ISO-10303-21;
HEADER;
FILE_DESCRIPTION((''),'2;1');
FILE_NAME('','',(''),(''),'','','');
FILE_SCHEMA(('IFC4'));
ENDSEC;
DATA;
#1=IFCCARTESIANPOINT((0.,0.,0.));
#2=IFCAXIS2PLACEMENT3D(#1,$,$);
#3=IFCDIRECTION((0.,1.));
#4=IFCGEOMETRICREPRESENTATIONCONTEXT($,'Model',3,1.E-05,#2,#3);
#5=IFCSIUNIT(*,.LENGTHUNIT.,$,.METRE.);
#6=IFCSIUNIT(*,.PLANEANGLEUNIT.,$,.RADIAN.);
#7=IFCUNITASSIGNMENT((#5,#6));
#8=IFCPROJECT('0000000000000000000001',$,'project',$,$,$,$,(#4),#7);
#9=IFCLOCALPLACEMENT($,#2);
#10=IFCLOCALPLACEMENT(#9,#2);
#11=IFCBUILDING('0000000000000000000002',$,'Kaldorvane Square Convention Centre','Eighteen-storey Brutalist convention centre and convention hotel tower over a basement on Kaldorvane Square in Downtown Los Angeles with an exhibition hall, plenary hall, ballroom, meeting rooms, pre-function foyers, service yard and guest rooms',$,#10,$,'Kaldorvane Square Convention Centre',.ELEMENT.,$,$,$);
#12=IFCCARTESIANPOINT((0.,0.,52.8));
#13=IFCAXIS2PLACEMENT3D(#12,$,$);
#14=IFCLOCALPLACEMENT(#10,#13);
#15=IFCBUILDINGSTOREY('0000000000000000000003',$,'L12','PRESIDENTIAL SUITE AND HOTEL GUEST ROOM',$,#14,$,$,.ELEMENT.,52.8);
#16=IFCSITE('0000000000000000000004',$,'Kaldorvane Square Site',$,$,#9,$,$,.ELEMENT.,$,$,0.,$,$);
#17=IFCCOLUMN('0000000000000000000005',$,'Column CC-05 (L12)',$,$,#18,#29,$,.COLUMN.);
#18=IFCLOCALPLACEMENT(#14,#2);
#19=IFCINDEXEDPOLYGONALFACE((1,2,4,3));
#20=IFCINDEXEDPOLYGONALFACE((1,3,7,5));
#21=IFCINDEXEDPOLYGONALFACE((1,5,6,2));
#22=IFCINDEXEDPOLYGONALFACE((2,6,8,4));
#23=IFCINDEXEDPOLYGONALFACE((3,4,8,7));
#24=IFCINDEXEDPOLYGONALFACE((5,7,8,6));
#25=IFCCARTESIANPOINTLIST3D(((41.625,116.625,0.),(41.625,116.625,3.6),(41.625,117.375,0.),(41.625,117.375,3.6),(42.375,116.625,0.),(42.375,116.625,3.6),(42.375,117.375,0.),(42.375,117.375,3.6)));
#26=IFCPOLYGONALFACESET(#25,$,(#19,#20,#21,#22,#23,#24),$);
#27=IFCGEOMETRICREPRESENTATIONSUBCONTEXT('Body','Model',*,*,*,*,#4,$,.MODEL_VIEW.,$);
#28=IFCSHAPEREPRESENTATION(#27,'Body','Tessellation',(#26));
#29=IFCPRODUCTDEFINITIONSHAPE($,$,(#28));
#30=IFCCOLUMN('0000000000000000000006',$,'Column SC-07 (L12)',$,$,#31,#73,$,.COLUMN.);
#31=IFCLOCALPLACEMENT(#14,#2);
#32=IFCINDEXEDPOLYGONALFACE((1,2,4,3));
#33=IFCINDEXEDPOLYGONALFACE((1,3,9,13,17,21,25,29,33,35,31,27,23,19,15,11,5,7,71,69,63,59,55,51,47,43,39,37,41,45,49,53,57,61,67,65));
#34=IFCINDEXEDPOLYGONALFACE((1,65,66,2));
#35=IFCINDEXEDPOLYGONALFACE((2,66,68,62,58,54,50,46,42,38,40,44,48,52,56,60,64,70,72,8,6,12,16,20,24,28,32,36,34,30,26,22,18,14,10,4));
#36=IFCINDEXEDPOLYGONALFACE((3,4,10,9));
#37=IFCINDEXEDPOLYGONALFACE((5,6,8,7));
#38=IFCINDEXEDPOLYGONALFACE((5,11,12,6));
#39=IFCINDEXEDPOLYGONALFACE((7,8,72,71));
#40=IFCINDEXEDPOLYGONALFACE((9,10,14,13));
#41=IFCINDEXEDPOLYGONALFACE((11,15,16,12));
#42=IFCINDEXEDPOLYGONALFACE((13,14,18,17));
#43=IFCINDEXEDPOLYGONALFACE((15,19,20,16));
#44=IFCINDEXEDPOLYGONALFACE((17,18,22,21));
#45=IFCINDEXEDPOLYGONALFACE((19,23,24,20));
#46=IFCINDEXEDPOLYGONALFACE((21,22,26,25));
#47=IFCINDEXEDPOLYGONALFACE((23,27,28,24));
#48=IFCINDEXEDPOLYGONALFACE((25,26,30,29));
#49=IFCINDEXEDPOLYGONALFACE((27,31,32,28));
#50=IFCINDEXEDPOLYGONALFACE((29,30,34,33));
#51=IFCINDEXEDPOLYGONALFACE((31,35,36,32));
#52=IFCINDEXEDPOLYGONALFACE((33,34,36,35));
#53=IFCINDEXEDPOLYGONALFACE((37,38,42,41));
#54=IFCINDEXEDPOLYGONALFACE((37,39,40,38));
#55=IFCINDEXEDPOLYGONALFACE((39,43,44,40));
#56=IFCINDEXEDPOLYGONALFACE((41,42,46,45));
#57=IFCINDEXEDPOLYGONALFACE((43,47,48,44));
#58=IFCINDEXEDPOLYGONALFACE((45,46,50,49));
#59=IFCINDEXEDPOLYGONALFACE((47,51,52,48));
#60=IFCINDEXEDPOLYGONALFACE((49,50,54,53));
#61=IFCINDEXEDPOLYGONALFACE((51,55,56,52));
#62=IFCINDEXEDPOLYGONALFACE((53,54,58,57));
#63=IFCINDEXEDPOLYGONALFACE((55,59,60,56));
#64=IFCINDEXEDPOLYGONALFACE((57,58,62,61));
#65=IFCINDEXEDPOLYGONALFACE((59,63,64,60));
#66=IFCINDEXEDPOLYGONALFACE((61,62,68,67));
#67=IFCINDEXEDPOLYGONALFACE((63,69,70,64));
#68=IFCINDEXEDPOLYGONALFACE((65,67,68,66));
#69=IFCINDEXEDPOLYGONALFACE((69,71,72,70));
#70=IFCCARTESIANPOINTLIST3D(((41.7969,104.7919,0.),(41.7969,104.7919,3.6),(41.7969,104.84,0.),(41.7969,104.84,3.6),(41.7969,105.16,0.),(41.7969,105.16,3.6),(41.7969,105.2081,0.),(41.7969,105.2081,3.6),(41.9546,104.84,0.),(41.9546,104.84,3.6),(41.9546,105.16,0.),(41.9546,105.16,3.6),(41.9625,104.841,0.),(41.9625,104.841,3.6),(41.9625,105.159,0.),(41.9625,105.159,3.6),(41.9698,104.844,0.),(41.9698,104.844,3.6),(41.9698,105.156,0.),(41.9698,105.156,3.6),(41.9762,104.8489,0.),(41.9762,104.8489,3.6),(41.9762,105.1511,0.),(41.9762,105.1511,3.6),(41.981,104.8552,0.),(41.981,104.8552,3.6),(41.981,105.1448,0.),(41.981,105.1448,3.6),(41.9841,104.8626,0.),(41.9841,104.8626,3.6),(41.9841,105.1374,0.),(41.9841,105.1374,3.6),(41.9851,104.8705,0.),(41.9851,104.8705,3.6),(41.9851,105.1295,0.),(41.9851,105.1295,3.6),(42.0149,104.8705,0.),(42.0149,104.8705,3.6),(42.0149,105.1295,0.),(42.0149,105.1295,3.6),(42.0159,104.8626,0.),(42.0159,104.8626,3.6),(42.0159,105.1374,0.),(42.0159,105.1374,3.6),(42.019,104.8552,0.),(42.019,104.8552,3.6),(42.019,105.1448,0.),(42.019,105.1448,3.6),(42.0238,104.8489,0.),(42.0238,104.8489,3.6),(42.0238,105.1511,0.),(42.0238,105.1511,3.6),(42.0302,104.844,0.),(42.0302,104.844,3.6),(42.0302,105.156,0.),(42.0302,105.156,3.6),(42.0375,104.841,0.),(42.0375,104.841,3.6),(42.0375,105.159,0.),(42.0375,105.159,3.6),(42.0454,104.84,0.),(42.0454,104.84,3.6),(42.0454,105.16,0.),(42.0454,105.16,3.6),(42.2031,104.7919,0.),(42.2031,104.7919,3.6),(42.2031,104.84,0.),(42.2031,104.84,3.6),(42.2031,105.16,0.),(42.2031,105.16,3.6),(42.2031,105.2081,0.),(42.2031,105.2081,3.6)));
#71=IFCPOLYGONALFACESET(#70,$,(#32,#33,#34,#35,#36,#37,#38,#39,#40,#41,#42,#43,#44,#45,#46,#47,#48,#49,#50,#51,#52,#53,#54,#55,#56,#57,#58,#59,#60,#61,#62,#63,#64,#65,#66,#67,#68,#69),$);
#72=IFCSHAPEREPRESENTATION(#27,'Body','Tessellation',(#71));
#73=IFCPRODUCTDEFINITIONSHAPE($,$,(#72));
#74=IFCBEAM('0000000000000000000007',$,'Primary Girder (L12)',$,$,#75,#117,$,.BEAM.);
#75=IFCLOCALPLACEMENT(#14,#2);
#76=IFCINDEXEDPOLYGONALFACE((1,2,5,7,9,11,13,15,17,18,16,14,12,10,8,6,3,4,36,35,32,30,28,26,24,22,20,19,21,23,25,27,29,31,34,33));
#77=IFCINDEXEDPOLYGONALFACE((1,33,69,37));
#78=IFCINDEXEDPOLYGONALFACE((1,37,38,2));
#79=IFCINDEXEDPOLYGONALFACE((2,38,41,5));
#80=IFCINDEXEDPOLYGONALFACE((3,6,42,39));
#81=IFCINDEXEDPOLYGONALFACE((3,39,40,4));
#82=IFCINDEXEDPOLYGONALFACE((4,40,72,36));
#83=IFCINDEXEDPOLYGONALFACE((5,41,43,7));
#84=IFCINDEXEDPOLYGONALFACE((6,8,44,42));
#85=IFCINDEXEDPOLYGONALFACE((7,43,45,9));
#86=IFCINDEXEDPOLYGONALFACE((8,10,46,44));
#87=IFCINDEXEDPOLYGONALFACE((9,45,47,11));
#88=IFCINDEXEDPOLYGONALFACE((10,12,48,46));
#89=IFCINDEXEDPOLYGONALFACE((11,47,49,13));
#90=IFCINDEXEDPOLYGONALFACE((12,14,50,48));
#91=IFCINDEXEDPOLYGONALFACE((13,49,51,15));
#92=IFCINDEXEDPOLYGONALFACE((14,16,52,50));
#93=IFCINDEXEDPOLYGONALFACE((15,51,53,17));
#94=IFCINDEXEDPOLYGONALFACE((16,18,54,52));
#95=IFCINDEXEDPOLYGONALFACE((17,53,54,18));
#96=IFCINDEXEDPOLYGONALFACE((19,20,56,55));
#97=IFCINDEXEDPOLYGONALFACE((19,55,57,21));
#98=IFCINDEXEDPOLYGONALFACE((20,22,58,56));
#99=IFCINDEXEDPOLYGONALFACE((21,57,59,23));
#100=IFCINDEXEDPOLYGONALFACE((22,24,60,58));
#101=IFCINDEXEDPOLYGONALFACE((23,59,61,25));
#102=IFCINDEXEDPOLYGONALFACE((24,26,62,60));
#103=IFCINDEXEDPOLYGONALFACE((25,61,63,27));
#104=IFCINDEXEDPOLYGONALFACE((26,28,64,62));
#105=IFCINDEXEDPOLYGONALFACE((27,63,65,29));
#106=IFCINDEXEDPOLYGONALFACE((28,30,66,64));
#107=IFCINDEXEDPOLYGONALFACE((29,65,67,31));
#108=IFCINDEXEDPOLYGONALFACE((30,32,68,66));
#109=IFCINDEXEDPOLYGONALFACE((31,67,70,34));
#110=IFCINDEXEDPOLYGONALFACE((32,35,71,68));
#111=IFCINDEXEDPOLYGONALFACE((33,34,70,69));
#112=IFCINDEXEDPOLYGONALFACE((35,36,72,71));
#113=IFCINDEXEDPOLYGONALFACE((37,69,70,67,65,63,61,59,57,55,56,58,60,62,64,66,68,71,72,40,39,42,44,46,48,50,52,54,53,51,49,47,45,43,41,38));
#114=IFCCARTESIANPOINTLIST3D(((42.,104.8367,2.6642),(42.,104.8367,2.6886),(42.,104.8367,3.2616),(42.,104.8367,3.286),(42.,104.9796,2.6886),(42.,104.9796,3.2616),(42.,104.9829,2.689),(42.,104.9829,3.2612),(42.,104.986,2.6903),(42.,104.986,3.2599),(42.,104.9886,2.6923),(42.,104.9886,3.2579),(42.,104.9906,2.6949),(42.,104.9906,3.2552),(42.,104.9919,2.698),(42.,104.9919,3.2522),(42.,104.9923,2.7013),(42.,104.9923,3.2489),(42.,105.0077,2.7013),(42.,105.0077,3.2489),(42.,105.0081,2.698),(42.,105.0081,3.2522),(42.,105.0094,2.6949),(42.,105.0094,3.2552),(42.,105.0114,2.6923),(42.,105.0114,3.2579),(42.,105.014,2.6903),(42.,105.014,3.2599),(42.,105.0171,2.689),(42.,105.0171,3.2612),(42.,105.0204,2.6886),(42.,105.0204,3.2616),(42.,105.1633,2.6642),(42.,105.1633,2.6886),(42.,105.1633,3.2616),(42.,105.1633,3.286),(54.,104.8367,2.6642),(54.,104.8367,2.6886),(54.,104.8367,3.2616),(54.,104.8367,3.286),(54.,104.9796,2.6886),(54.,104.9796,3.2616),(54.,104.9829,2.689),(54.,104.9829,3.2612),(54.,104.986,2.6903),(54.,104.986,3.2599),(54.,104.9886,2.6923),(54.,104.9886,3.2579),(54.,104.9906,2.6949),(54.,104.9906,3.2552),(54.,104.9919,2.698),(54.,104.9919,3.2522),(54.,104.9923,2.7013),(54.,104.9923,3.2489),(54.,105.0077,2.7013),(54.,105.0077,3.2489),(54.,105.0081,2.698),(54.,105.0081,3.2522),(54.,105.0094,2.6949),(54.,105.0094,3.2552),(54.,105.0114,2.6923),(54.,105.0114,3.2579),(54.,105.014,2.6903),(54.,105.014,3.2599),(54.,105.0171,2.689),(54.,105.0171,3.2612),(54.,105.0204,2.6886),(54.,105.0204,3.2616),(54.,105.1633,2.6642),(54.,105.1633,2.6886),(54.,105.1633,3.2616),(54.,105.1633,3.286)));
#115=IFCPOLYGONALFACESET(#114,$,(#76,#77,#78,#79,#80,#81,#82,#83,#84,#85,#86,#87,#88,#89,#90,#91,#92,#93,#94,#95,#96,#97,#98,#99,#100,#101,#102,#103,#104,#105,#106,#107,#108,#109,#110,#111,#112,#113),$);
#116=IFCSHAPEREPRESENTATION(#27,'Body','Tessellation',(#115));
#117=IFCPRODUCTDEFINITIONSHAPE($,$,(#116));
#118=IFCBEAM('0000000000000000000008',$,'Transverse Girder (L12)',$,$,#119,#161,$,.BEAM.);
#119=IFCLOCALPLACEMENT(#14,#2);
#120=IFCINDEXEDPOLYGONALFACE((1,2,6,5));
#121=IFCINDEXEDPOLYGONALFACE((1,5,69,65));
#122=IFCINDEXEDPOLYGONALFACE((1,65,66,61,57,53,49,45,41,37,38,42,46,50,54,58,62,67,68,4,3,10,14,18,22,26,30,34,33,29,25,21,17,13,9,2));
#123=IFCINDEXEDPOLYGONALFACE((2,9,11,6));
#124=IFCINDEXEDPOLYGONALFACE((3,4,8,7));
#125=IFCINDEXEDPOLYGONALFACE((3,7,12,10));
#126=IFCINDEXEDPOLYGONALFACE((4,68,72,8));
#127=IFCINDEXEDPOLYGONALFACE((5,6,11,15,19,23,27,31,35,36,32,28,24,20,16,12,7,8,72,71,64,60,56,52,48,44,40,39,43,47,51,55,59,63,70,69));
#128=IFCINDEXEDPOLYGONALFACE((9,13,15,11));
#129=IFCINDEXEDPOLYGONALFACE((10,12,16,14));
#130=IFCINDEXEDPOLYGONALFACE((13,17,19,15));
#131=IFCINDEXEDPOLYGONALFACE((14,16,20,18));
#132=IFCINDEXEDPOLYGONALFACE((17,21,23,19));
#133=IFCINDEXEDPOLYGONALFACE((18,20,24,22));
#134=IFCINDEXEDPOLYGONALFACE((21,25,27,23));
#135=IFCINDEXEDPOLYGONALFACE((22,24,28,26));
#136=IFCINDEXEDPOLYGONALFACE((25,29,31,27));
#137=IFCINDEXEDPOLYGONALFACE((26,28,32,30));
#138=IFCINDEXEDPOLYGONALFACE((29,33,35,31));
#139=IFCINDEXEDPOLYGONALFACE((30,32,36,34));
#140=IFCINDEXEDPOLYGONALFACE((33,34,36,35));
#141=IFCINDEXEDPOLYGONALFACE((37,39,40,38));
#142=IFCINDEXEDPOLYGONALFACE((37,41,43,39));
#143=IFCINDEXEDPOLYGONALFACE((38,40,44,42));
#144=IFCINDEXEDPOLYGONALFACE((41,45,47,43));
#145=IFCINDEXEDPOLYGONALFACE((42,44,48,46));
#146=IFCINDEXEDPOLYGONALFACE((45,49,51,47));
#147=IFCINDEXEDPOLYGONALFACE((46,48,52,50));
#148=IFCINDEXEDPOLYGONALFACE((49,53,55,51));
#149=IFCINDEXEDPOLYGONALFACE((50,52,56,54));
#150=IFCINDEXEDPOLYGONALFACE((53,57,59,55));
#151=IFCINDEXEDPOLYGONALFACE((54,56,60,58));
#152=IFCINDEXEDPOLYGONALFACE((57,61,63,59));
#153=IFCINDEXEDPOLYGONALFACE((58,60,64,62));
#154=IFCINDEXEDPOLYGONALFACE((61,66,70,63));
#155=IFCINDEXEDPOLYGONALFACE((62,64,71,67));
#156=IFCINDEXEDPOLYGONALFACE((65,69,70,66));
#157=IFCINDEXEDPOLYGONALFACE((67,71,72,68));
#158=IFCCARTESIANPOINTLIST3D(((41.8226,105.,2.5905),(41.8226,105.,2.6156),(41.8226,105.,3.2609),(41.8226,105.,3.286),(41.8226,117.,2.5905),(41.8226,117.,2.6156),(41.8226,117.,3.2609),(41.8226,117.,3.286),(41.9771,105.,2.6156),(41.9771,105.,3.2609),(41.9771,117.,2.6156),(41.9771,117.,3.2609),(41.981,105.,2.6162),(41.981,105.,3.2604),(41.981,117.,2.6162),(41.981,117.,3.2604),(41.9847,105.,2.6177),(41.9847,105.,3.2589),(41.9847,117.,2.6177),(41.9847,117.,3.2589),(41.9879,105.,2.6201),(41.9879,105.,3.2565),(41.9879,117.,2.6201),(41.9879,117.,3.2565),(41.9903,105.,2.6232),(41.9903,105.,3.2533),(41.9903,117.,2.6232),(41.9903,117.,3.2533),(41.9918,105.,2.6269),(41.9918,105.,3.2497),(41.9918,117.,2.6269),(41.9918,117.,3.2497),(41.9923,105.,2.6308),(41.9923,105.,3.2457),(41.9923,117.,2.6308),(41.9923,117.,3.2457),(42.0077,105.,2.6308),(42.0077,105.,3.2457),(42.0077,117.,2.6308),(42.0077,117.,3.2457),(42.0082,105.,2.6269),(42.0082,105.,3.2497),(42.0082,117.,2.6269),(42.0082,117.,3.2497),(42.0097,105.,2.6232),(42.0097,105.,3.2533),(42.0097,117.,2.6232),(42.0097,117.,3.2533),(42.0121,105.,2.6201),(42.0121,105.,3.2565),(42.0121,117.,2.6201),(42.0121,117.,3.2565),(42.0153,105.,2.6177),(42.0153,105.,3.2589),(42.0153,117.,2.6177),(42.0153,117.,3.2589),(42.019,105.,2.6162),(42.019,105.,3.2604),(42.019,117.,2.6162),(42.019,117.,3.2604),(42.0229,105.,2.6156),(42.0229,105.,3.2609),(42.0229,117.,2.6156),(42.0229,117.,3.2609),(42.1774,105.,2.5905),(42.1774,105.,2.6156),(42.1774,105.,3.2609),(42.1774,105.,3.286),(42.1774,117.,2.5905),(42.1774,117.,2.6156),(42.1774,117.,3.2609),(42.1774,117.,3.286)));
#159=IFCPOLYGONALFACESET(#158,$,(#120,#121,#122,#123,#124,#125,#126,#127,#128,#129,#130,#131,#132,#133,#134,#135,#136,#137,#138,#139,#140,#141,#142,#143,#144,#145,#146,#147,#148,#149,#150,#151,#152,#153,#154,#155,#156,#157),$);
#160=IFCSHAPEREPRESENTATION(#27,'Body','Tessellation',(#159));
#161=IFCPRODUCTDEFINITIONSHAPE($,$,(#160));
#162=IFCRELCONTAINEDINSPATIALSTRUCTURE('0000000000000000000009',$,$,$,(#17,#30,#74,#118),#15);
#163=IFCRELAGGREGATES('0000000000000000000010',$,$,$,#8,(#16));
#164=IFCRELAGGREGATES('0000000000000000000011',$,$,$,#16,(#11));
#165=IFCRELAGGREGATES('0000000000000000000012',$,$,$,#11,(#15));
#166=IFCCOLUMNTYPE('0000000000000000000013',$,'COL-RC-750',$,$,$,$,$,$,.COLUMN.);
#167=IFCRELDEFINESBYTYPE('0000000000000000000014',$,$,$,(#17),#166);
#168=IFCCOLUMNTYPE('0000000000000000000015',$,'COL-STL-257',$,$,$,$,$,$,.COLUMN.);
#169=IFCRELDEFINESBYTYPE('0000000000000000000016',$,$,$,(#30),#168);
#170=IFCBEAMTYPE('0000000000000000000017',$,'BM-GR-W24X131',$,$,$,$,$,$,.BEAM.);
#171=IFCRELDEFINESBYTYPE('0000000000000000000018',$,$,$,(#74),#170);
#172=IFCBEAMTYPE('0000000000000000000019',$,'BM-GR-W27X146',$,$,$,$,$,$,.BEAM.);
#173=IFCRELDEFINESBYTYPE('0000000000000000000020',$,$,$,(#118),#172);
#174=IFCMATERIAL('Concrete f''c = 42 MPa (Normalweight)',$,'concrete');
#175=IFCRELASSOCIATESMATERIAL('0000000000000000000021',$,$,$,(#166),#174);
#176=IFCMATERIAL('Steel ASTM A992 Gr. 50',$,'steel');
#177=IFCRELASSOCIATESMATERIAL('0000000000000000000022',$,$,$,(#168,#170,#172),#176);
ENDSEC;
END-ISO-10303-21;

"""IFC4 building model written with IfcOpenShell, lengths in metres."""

from ifc_helpers import new_model, si_unit, direction, frame, origin, origin_2d, place, context, subcontext, project, spatial, rectangle, i_section, extrude, material, material_profile, profile_set, type_object, element, save


model = new_model("IFC4")

# Units and contexts
model_context = context("Model", 3, precision=1e-05, world=origin(), true_north=direction((0.0, 1.0)))
body_context = subcontext(model_context, "Body", "Model", "MODEL_VIEW")
ifc_project = project(units=[si_unit("LENGTHUNIT", "METRE"), si_unit("PLANEANGLEUNIT", "RADIAN")], contexts=[model_context])

# Site, building, storey
site_placement = place(None, origin())
site = spatial("IfcSite", under=ifc_project, at=site_placement, Name="Kaldorvane Square Site", CompositionType="ELEMENT", RefElevation=0.0)
building_placement = place(site_placement, origin())
building = spatial("IfcBuilding", under=site, at=building_placement, Name="Kaldorvane Square Convention Centre", Description="Eighteen-storey Brutalist convention centre and convention hotel tower over a basement on Kaldorvane Square in Downtown Los Angeles with an exhibition hall, plenary hall, ballroom, meeting rooms, pre-function foyers, service yard and guest rooms", LongName="Kaldorvane Square Convention Centre", CompositionType="ELEMENT")
storey_placement = place(building_placement, frame((0.0, 0.0, 52.8)))
storey = spatial("IfcBuildingStorey", under=building, at=storey_placement, Name="L12", Description="PRESIDENTIAL SUITE AND HOTEL GUEST ROOM", CompositionType="ELEMENT", Elevation=52.8)

# Columns
ifc_material_1 = material(Name="Concrete f'c = 42 MPa (Normalweight)", Category="concrete")
ifc_material_profile_1 = material_profile(ifc_material_1, rectangle(XDim=0.75, YDim=0.75, at=origin_2d()), Name="RC750X750")
ifc_profile_set_1 = profile_set([ifc_material_profile_1], Name="Concrete f'c = 42 MPa (Normalweight)")
column_type_1 = type_object("IfcColumnType", Name="COL-RC-750", PredefinedType="COLUMN", material=ifc_profile_set_1)
column_1_placement = place(storey_placement, frame((42.0, 117.0, 0.0), z_axis=(0.0, 0.0, 1.0), x_axis=(1.0, 0.0, 0.0)))
element("IfcColumn", 1, at=column_1_placement, inside=storey, type_object=column_type_1, Name="Column CC-05 (L12)", PredefinedType="COLUMN", context=body_context, shape_type="SweptSolid", body=[
    extrude(rectangle(XDim=0.75, YDim=0.75, at=origin_2d()), origin(), (0.0, 0.0, 1.0), 3.6),
])
ifc_material_2 = material(Name="Steel ASTM A992 Gr. 50", Category="steel")
ifc_material_profile_2 = material_profile(ifc_material_2, i_section(OverallWidth=0.4063, OverallDepth=0.4161, WebThickness=0.0298, FlangeThickness=0.048, FilletRadius=0.0305, at=origin_2d()), Name="W14X257")
ifc_profile_set_2 = profile_set([ifc_material_profile_2], Name="Steel ASTM A992 Gr. 50")
column_type_2 = type_object("IfcColumnType", Name="COL-STL-257", PredefinedType="COLUMN", material=ifc_profile_set_2)
column_2_placement = place(storey_placement, frame((42.0, 105.0, 0.0), z_axis=(0.0, 0.0, 1.0), x_axis=(1.0, 0.0, 0.0)))
element("IfcColumn", 2, at=column_2_placement, inside=storey, type_object=column_type_2, Name="Column SC-07 (L12)", PredefinedType="COLUMN", context=body_context, shape_type="SweptSolid", body=[
    extrude(i_section(OverallWidth=0.4063, OverallDepth=0.4161, WebThickness=0.0298, FlangeThickness=0.048, FilletRadius=0.0305, at=origin_2d()), origin(), (0.0, 0.0, 1.0), 3.6),
])

# Beams
ifc_material_profile_3 = material_profile(ifc_material_2, i_section(OverallWidth=0.3265, OverallDepth=0.6218, WebThickness=0.0154, FlangeThickness=0.0244, FilletRadius=0.0127, at=origin_2d()), Name="W24X131")
ifc_profile_set_3 = profile_set([ifc_material_profile_3], Name="Steel ASTM A992 Gr. 50")
beam_type_1 = type_object("IfcBeamType", Name="BM-GR-W24X131", PredefinedType="BEAM", material=ifc_profile_set_3)
beam_1_placement = place(storey_placement, frame((42.0, 105.0, 2.9751), z_axis=(1.0, 0.0, 0.0), x_axis=(0.0, 1.0, 0.0)))
element("IfcBeam", 3, at=beam_1_placement, inside=storey, type_object=beam_type_1, Name="Primary Girder (L12)", PredefinedType="BEAM", context=body_context, shape_type="SweptSolid", body=[
    extrude(i_section(OverallWidth=0.3265, OverallDepth=0.6218, WebThickness=0.0154, FlangeThickness=0.0244, FilletRadius=0.0127, at=origin_2d()), origin(), (0.0, 0.0, 1.0), 12.0),
])
ifc_material_profile_4 = material_profile(ifc_material_2, i_section(OverallWidth=0.3547, OverallDepth=0.6955, WebThickness=0.0154, FlangeThickness=0.0251, FilletRadius=0.0152, at=origin_2d()), Name="W27X146")
ifc_profile_set_4 = profile_set([ifc_material_profile_4], Name="Steel ASTM A992 Gr. 50")
beam_type_2 = type_object("IfcBeamType", Name="BM-GR-W27X146", PredefinedType="BEAM", material=ifc_profile_set_4)
beam_2_placement = place(storey_placement, frame((42.0, 105.0, 2.9383), z_axis=(0.0, 1.0, 0.0), x_axis=(-1.0, 0.0, 0.0)))
element("IfcBeam", 4, at=beam_2_placement, inside=storey, type_object=beam_type_2, Name="Transverse Girder (L12)", PredefinedType="BEAM", context=body_context, shape_type="SweptSolid", body=[
    extrude(i_section(OverallWidth=0.3547, OverallDepth=0.6955, WebThickness=0.0154, FlangeThickness=0.0251, FilletRadius=0.0152, at=origin_2d()), origin(), (0.0, 0.0, 1.0), 12.0),
])

save(model, "model.ifc")
